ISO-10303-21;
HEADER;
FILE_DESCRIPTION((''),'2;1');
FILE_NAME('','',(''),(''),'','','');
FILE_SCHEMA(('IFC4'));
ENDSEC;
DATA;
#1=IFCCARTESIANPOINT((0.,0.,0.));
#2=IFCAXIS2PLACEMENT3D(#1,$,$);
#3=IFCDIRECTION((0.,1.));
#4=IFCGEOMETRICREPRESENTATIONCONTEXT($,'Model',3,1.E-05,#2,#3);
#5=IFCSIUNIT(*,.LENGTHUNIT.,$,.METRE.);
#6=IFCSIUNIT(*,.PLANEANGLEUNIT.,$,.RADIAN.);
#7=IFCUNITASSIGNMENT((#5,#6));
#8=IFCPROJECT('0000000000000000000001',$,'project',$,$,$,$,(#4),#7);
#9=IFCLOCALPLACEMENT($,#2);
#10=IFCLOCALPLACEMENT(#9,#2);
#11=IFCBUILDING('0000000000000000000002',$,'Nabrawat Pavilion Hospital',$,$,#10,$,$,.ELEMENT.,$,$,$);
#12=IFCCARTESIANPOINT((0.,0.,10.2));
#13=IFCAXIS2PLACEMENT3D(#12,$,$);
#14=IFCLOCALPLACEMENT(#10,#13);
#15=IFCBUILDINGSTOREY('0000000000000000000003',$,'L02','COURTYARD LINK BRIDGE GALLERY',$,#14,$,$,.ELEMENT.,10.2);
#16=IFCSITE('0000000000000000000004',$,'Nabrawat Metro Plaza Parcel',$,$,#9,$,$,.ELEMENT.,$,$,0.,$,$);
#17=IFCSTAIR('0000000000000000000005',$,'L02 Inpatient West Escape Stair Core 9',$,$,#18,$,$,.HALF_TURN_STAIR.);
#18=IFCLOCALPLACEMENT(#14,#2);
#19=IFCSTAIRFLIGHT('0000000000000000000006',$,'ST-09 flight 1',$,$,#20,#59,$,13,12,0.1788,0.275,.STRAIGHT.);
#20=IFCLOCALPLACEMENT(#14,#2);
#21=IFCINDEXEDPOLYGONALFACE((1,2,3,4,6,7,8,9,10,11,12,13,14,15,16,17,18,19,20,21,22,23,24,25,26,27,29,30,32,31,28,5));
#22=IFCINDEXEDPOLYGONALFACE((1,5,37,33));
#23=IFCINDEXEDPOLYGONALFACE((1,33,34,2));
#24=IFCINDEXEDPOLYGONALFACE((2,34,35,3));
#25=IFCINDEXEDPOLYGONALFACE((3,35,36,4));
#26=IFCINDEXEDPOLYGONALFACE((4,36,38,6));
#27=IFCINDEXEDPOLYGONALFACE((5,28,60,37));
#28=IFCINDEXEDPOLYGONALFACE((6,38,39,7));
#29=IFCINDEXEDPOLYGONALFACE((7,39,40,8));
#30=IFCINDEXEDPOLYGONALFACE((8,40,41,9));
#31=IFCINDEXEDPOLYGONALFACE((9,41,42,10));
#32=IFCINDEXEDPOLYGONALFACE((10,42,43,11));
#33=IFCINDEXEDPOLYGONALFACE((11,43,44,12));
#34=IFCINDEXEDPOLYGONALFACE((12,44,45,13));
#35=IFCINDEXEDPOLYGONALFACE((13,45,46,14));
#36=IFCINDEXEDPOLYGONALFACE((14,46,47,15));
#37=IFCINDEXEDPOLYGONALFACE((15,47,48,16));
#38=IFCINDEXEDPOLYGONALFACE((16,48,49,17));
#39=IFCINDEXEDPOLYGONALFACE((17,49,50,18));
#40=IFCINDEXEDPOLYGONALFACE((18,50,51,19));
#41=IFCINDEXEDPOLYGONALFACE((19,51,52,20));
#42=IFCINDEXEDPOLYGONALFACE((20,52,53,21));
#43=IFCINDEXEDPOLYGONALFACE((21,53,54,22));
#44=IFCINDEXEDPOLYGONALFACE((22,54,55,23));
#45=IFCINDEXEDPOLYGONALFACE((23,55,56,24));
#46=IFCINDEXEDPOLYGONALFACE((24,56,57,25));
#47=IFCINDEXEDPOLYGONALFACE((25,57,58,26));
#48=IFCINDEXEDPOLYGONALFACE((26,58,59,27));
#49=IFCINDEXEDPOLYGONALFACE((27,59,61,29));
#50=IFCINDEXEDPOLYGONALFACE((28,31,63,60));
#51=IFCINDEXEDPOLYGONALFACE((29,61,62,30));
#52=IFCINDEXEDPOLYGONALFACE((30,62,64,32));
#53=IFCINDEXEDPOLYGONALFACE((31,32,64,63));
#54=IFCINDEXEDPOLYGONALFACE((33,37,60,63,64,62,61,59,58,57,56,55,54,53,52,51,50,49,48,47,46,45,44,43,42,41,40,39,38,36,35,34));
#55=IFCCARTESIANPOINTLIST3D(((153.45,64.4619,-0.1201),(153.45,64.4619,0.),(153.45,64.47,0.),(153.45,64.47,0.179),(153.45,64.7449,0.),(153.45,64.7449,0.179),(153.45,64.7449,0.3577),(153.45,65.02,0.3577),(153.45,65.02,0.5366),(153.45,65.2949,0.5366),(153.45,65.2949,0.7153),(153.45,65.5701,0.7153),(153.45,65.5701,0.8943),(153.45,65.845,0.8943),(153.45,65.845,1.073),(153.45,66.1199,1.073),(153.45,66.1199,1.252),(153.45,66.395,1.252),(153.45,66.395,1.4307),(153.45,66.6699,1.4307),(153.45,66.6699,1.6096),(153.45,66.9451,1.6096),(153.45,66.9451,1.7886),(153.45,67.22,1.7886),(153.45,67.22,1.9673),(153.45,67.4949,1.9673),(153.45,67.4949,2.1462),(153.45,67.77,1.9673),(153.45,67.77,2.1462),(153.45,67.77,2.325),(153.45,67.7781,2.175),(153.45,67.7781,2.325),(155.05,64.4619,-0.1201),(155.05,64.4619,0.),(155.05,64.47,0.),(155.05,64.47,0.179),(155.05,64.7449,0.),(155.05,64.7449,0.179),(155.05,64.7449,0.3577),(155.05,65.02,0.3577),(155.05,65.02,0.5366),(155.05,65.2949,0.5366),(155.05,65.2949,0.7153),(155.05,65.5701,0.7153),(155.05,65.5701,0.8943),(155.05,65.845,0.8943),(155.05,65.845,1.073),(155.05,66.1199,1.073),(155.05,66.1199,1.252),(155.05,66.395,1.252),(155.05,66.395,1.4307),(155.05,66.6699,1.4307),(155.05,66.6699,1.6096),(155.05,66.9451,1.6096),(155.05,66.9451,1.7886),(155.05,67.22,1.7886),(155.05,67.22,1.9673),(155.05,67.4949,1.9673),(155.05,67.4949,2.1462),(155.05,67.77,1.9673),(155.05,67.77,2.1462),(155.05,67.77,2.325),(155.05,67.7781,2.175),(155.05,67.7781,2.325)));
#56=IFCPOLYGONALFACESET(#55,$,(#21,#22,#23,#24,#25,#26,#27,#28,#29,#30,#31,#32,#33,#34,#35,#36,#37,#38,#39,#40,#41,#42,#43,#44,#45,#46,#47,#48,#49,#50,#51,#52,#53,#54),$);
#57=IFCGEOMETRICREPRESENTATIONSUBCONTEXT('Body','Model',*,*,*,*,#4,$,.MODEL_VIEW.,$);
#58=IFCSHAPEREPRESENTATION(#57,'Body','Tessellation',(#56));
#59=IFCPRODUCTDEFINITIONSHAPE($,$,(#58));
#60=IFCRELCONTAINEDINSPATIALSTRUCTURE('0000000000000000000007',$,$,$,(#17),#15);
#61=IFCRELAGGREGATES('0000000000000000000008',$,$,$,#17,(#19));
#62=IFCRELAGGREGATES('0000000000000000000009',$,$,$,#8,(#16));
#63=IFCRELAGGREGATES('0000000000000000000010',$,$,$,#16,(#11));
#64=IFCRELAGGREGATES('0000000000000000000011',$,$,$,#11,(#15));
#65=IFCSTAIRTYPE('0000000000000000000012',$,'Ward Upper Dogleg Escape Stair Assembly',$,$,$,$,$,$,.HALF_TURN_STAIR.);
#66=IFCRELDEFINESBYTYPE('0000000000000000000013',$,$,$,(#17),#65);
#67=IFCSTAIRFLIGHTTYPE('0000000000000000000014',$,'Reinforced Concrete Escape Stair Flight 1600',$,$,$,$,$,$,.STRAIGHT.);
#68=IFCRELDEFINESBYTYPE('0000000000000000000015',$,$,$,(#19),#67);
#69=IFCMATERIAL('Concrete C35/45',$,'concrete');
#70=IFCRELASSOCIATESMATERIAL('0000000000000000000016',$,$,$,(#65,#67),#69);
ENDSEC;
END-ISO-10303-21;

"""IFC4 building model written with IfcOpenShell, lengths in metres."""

from ifc_helpers import new_model, si_unit, direction, frame, origin, place, context, subcontext, project, spatial, polyline, outline, extrude, material, type_object, element, aggregate, save


model = new_model("IFC4")

# Units and contexts
model_context = context("Model", 3, precision=1e-05, world=origin(), true_north=direction((0.0, 1.0)))
body_context = subcontext(model_context, "Body", "Model", "MODEL_VIEW")
ifc_project = project(units=[si_unit("LENGTHUNIT", "METRE"), si_unit("PLANEANGLEUNIT", "RADIAN")], contexts=[model_context])

# Site, building, storey
site_placement = place(None, origin())
site = spatial("IfcSite", under=ifc_project, at=site_placement, Name="Nabrawat Metro Plaza Parcel", CompositionType="ELEMENT", RefElevation=0.0)
building_placement = place(site_placement, origin())
building = spatial("IfcBuilding", under=site, at=building_placement, Name="Nabrawat Pavilion Hospital", CompositionType="ELEMENT")
storey_placement = place(building_placement, frame((0.0, 0.0, 10.2)))
storey = spatial("IfcBuildingStorey", under=building, at=storey_placement, Name="L02", Description="COURTYARD LINK BRIDGE GALLERY", CompositionType="ELEMENT", Elevation=10.2)

# Shared definitions
ifc_material_1 = material(Name="Concrete C35/45", Category="concrete")

# Stair, stair flight
stair_type = type_object("IfcStairType", Name="Ward Upper Dogleg Escape Stair Assembly", PredefinedType="HALF_TURN_STAIR", material=ifc_material_1)
stair_placement = place(storey_placement, origin())
stair = element("IfcStair", 1, at=stair_placement, inside=storey, type_object=stair_type, Name="L02 Inpatient West Escape Stair Core 9", PredefinedType="HALF_TURN_STAIR")
stair_flight_type = type_object("IfcStairFlightType", Name="Reinforced Concrete Escape Stair Flight 1600", PredefinedType="STRAIGHT", material=ifc_material_1)
stair_flight_placement = place(storey_placement, frame((154.25, 64.47, 0.0), z_axis=(0.0, 0.0, 1.0), x_axis=(0.0, 1.0, 0.0)))
stair_flight = element("IfcStairFlight", 2, at=stair_flight_placement, type_object=stair_flight_type, Name="ST-09 flight 1", NumberOfRisers=13, NumberOfTreads=12, PredefinedType="STRAIGHT", RiserHeight=0.1788, TreadLength=0.275, context=body_context, shape_type="SweptSolid", body=[
    extrude(outline(polyline([(-0.0081, 0.0), (0.0, 0.0), (0.0, 0.179), (0.2749, 0.179), (0.2749, 0.3577), (0.55, 0.3577), (0.55, 0.5366), (0.825, 0.5366), (0.825, 0.7153), (1.1001, 0.7153), (1.1001, 0.8943), (1.375, 0.8943), (1.375, 1.073), (1.6499, 1.073), (1.6499, 1.252), (1.925, 1.252), (1.925, 1.4307), (2.2, 1.4307), (2.2, 1.6096), (2.4751, 1.6096), (2.4751, 1.7886), (2.75, 1.7886), (2.75, 1.9673), (3.0249, 1.9673), (3.0249, 2.1462), (3.3, 2.1462), (3.3, 2.325), (3.3081, 2.325), (3.3081, 2.175), (3.3, 1.9673), (0.2749, 0.0), (-0.0081, -0.1201), (-0.0081, 0.0)])), frame((0.0, 0.8, 0.0), z_axis=(0.0, -1.0, 0.0), x_axis=(1.0, 0.0, 0.0)), (0.0, 0.0, 1.0), 1.6001),
])
aggregate(stair, [stair_flight])

save(model, "model.ifc")
